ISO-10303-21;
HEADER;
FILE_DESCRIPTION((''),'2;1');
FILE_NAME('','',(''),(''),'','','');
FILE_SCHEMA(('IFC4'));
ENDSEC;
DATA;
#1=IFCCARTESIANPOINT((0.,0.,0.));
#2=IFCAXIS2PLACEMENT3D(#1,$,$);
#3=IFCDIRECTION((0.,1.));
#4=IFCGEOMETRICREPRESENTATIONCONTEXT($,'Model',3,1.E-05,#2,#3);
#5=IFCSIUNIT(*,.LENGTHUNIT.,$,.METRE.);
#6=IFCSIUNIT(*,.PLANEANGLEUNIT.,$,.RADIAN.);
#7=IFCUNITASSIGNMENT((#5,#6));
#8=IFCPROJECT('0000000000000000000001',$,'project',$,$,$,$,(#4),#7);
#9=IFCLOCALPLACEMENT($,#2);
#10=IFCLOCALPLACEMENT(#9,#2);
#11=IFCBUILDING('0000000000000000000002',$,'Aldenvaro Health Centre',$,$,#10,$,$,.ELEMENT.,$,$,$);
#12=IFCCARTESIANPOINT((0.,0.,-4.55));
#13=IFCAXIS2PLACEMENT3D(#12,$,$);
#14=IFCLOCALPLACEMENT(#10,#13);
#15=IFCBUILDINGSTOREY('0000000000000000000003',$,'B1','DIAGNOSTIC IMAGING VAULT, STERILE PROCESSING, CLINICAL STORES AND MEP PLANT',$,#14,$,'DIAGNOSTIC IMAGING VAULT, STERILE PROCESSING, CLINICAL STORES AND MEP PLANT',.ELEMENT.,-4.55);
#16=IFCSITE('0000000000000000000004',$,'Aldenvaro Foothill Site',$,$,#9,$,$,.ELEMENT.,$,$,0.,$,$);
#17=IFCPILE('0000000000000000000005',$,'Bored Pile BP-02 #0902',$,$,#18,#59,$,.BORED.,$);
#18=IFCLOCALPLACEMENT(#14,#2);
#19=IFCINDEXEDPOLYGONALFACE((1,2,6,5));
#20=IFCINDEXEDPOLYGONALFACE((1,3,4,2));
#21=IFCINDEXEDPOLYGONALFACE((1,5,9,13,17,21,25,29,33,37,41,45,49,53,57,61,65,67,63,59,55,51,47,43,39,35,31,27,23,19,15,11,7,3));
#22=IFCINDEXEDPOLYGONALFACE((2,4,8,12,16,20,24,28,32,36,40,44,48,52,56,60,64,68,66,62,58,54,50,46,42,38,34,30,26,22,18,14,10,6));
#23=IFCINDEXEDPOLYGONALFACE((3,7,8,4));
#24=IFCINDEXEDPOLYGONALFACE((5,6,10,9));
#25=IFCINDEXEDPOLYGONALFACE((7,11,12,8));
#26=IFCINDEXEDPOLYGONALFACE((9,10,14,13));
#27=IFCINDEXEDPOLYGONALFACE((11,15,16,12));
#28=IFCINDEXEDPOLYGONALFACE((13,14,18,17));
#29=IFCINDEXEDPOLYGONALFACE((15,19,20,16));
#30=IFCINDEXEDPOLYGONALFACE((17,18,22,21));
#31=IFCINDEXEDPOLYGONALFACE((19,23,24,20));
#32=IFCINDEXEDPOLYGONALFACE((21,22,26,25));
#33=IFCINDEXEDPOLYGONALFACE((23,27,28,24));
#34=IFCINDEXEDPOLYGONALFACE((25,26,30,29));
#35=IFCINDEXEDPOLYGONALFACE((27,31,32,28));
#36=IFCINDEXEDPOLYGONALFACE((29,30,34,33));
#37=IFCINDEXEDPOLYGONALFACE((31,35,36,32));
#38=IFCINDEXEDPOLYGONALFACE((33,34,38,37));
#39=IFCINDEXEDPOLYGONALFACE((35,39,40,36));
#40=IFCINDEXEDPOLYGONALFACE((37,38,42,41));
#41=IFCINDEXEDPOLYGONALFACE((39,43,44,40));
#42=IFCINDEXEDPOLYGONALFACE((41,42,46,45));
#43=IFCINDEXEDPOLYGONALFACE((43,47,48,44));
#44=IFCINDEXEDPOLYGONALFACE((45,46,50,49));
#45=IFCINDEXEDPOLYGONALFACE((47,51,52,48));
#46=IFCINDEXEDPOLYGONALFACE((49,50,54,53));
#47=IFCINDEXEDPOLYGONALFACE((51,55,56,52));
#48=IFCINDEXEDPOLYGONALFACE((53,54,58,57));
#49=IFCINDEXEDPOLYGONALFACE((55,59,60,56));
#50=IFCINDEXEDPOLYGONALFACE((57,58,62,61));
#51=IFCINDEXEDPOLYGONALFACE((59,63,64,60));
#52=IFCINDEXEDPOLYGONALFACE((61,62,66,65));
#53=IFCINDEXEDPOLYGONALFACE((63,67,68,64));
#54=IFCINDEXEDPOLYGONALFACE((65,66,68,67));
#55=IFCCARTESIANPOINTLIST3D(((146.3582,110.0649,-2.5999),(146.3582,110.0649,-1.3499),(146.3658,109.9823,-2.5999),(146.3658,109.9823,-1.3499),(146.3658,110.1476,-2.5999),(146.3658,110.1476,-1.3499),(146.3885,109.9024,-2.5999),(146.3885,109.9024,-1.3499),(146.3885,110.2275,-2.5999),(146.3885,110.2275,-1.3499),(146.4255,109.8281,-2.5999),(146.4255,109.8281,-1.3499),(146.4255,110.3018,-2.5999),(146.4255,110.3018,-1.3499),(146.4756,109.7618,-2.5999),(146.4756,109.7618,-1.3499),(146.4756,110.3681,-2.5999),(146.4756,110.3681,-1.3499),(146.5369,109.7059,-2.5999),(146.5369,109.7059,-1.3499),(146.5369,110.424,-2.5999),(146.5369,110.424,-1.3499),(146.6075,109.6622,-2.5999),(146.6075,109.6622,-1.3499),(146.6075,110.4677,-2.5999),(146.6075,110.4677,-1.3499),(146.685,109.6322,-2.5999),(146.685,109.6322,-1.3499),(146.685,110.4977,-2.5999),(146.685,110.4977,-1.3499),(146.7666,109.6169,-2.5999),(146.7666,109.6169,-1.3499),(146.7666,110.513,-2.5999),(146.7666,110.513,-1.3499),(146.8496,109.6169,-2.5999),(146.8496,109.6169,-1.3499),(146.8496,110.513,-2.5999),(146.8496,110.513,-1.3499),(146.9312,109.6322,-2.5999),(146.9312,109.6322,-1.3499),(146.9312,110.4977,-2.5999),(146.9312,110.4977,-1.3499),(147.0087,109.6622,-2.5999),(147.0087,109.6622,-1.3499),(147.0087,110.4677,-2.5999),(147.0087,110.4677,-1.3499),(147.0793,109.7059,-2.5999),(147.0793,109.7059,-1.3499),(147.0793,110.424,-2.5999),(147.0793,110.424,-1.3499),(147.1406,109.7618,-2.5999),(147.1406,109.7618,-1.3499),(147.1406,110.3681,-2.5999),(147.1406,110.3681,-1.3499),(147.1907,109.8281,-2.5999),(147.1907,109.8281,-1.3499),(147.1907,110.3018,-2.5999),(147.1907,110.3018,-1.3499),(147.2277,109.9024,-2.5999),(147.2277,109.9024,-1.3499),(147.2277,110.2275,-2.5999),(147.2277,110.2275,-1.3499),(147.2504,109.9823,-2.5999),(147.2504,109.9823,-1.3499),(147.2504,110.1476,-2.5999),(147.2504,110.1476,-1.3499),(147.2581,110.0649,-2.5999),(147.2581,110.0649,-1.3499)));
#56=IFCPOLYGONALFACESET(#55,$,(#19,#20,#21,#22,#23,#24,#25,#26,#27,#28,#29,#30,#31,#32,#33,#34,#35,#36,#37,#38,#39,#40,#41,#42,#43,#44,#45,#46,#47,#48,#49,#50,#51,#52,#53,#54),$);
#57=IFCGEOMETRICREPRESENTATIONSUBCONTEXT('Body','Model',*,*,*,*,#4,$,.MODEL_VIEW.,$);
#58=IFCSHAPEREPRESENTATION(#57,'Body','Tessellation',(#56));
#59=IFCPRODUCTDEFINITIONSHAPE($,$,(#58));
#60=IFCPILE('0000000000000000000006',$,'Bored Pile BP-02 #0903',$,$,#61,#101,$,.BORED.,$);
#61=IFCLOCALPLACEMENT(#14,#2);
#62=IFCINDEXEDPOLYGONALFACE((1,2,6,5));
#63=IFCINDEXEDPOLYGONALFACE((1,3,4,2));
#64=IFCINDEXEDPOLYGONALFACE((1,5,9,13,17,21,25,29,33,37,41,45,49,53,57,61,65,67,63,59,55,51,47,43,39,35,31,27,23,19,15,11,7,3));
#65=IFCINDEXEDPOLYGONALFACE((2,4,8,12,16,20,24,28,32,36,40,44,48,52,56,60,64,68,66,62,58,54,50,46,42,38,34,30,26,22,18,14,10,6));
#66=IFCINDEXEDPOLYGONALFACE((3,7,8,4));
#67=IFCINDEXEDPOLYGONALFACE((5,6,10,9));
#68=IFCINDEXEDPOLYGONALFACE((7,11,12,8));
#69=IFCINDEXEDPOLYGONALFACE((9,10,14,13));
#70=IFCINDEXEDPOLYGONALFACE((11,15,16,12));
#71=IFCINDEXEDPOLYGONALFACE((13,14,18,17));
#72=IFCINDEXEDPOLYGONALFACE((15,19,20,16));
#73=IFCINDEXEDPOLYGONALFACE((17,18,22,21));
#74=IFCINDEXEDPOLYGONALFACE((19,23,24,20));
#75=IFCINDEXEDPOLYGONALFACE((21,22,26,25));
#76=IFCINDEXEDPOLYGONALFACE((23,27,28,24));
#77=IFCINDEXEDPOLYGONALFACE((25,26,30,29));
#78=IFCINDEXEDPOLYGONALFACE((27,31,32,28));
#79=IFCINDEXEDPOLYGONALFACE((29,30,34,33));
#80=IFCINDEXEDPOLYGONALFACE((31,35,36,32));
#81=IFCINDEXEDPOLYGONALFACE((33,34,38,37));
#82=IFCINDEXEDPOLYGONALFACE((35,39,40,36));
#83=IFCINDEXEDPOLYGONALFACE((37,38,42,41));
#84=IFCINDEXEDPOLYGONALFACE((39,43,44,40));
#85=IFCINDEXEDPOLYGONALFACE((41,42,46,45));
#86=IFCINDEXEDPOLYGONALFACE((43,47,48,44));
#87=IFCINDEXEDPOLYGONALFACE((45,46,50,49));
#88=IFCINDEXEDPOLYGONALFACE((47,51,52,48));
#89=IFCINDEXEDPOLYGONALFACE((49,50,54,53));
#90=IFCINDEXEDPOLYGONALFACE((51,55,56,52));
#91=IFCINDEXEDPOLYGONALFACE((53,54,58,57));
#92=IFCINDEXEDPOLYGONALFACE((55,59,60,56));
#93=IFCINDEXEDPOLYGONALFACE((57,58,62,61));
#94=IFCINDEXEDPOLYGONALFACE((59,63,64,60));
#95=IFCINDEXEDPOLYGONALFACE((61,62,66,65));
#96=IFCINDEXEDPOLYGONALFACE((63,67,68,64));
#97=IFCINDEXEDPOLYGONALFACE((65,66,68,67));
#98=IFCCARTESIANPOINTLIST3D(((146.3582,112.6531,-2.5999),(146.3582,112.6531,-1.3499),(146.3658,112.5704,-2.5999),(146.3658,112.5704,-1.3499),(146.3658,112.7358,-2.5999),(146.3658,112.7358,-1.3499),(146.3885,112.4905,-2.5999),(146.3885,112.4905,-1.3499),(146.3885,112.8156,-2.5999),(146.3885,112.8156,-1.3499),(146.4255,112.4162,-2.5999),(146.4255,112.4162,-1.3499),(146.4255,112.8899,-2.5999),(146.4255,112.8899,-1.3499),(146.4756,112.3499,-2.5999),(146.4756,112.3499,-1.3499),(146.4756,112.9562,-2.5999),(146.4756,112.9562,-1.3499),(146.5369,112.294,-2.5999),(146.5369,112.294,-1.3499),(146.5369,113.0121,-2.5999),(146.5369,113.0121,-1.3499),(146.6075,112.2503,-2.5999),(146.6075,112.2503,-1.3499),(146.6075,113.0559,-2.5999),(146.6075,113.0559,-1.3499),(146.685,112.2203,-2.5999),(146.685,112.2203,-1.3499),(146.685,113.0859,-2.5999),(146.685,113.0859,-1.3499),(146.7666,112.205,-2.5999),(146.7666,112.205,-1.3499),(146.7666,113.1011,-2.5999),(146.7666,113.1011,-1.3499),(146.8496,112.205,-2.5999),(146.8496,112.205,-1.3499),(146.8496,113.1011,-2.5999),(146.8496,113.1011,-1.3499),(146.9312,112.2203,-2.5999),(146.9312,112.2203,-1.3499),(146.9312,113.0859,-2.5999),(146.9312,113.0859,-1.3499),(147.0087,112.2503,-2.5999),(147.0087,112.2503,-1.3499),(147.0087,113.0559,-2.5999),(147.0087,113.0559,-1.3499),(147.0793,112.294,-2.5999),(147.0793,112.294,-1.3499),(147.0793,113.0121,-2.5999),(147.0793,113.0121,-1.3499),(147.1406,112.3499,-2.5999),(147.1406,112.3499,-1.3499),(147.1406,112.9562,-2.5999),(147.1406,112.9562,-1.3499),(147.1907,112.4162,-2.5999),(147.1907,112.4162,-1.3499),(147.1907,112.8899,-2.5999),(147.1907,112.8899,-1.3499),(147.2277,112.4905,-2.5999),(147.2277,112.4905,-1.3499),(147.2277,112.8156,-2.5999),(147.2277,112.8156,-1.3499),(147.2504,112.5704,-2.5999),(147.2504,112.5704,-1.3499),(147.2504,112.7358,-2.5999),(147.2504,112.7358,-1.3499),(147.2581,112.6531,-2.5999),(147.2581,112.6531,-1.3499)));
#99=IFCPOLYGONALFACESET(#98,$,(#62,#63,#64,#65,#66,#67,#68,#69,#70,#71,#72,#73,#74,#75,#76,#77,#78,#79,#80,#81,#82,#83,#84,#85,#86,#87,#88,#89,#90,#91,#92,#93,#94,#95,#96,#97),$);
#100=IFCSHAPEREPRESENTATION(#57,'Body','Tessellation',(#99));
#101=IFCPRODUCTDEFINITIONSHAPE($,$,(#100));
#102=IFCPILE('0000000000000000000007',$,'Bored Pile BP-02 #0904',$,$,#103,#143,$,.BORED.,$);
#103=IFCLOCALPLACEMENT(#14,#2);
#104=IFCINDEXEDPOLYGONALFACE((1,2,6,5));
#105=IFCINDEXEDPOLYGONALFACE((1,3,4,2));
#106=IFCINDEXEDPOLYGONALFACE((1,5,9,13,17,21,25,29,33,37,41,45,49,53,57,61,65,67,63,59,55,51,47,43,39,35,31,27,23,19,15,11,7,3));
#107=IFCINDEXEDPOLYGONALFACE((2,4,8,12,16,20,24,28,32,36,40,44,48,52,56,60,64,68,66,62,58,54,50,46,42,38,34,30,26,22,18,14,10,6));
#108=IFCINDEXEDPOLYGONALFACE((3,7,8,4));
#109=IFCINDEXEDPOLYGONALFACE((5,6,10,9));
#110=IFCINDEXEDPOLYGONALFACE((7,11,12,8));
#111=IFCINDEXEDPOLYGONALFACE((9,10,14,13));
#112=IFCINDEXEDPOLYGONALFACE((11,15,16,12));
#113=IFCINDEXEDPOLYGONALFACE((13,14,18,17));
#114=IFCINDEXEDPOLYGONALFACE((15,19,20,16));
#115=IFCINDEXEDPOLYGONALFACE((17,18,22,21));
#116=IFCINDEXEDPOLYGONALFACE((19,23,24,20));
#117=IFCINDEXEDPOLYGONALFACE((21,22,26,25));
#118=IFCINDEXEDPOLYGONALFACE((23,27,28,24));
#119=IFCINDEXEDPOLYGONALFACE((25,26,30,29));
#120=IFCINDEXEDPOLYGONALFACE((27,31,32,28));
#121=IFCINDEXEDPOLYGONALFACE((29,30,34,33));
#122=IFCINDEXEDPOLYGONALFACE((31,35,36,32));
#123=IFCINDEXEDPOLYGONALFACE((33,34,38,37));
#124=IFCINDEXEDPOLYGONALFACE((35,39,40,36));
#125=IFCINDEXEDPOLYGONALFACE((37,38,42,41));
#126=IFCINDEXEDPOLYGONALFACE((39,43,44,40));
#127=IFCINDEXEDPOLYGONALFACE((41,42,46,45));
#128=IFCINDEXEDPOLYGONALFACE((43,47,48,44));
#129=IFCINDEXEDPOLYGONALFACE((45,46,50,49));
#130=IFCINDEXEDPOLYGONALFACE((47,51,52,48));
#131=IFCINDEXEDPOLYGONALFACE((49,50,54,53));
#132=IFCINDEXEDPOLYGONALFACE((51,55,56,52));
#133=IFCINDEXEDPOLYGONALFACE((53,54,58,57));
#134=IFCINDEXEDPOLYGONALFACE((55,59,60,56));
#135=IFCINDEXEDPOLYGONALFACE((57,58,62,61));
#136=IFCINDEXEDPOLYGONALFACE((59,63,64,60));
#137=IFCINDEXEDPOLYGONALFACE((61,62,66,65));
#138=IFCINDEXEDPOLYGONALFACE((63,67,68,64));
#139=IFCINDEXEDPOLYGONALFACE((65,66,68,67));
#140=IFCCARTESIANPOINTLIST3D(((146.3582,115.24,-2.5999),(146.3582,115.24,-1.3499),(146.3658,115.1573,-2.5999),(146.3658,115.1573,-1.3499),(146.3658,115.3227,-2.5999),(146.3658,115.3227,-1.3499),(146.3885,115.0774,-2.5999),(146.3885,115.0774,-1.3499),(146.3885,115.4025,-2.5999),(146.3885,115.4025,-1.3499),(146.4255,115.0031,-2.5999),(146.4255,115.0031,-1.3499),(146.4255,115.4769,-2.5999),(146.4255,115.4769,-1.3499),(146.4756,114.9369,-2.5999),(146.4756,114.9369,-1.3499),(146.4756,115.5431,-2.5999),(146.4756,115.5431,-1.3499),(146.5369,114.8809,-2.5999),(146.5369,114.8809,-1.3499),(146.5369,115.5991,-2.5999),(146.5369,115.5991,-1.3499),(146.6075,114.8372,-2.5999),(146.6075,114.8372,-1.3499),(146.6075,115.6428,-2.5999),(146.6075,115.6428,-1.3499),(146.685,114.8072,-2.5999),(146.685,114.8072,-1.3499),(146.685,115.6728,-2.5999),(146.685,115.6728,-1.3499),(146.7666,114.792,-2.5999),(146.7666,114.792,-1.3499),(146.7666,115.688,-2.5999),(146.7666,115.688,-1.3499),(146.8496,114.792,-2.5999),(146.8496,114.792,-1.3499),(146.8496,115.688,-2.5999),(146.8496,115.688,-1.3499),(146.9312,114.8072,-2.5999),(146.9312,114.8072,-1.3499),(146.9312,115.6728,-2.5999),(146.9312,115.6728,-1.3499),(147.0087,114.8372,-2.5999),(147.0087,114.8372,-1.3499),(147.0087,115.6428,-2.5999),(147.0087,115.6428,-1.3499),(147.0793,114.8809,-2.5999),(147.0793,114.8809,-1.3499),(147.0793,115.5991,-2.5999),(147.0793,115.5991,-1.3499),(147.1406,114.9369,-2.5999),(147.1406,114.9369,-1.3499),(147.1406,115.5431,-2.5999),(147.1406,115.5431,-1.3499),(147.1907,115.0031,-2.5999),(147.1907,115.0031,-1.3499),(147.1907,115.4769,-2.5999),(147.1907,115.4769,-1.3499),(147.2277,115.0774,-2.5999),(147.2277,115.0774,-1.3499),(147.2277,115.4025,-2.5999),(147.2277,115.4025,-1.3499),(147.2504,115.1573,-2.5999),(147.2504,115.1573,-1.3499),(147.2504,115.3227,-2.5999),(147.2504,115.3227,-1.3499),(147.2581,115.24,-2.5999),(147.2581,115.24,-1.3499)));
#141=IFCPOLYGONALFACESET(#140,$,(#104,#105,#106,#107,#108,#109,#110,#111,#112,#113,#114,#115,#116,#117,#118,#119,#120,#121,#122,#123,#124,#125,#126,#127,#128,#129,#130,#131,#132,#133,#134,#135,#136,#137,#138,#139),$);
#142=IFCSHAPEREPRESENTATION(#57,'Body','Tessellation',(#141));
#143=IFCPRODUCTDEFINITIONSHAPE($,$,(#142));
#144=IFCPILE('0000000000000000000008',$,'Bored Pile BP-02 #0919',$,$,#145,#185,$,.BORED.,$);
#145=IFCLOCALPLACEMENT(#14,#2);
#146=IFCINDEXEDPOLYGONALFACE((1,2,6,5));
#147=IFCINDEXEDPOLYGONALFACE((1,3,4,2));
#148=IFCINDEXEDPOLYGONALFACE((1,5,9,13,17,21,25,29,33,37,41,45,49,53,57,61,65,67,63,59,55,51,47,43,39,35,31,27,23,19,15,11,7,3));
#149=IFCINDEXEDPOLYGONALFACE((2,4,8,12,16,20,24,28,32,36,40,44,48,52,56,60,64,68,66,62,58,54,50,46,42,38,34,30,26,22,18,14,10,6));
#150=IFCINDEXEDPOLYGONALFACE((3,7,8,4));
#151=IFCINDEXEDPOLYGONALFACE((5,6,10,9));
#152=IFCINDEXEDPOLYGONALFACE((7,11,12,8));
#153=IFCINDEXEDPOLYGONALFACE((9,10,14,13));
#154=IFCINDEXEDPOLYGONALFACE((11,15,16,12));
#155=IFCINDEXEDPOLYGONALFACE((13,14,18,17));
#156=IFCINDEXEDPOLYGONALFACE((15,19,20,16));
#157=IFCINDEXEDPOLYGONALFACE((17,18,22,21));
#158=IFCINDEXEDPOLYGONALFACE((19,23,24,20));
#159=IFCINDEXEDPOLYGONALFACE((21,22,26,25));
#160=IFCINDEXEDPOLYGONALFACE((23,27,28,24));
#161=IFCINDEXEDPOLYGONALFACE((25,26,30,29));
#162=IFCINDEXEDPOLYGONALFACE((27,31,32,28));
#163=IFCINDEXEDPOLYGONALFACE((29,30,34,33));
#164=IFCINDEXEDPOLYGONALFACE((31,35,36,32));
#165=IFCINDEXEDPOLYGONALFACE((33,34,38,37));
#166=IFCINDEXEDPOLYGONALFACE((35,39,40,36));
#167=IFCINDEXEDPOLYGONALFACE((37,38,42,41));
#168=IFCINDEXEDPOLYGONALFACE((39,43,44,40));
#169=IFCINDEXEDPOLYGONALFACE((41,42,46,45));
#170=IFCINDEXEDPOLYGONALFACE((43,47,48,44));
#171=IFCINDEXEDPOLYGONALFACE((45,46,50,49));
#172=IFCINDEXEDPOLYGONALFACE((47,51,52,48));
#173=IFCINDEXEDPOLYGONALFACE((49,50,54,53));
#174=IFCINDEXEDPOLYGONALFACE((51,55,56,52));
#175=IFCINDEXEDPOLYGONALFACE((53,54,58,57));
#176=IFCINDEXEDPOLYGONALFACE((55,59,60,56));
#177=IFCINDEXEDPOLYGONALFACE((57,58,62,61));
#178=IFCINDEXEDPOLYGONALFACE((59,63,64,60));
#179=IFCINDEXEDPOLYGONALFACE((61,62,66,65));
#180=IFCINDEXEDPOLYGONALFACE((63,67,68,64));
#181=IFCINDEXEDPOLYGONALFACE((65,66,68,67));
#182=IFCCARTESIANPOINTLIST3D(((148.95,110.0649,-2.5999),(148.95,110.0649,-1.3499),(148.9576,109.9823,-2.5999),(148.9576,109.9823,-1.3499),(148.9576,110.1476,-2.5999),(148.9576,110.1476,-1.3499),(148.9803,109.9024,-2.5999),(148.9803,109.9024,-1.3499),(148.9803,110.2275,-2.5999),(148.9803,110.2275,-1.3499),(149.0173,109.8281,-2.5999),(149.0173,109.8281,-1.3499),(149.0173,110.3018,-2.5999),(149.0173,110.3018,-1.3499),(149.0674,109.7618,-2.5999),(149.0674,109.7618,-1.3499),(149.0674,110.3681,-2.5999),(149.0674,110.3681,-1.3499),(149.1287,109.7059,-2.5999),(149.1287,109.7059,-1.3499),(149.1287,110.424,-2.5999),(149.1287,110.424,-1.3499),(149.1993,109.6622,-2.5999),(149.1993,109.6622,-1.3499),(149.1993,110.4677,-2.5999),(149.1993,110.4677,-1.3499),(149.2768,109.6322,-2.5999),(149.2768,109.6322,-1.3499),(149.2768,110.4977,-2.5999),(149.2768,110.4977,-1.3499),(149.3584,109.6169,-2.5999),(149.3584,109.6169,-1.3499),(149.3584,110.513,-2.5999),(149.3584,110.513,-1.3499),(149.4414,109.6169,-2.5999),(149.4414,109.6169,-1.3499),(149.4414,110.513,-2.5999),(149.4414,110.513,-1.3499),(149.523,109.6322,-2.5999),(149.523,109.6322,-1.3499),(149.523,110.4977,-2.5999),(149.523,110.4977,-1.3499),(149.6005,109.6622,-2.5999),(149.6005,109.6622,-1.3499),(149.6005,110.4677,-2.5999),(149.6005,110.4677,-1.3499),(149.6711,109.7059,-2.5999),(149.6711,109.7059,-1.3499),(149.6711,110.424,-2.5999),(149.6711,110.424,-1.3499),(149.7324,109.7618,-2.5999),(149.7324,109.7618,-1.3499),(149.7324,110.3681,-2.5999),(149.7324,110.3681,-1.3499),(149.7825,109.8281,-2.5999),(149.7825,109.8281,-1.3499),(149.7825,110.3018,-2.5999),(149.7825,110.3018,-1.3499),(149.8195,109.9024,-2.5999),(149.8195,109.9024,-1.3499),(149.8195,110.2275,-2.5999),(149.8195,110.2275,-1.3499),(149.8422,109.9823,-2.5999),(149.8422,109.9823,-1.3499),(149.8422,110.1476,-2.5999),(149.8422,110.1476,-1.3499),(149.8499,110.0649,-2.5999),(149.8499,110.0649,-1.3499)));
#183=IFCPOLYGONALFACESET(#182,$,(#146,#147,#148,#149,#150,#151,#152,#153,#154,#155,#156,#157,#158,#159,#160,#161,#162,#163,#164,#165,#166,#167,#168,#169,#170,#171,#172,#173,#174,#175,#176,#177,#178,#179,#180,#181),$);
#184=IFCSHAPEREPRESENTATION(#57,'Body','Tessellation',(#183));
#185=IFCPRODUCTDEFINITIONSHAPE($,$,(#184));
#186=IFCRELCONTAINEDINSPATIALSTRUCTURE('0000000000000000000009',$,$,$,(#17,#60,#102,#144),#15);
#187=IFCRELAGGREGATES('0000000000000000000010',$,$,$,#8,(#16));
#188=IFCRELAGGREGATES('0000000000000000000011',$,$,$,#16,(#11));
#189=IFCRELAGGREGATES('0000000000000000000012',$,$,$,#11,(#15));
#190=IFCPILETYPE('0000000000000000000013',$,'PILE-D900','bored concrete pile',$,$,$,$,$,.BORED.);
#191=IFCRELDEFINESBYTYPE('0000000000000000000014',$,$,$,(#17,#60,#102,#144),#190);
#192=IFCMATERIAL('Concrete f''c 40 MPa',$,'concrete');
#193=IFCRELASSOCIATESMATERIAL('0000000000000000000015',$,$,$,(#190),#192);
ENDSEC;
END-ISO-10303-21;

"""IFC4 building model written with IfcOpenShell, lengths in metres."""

from ifc_helpers import new_model, si_unit, direction, frame, origin, origin_2d, place, context, subcontext, project, spatial, circle, extrude, material, material_profile, profile_set, type_object, element, save


model = new_model("IFC4")

# Units and contexts
model_context = context("Model", 3, precision=1e-05, world=origin(), true_north=direction((0.0, 1.0)))
body_context = subcontext(model_context, "Body", "Model", "MODEL_VIEW")
ifc_project = project(units=[si_unit("LENGTHUNIT", "METRE"), si_unit("PLANEANGLEUNIT", "RADIAN")], contexts=[model_context])

# Site, building, storey
site_placement = place(None, origin())
site = spatial("IfcSite", under=ifc_project, at=site_placement, Name="Aldenvaro Foothill Site", CompositionType="ELEMENT", RefElevation=0.0)
building_placement = place(site_placement, origin())
building = spatial("IfcBuilding", under=site, at=building_placement, Name="Aldenvaro Health Centre", CompositionType="ELEMENT")
storey_placement = place(building_placement, frame((0.0, 0.0, -4.55)))
storey = spatial("IfcBuildingStorey", under=building, at=storey_placement, Name="B1", Description="DIAGNOSTIC IMAGING VAULT, STERILE PROCESSING, CLINICAL STORES AND MEP PLANT", LongName="DIAGNOSTIC IMAGING VAULT, STERILE PROCESSING, CLINICAL STORES AND MEP PLANT", CompositionType="ELEMENT", Elevation=-4.55)

# Piles
ifc_material_1 = material(Name="Concrete f'c 40 MPa", Category="concrete")
ifc_material_profile_1 = material_profile(ifc_material_1, circle(Radius=0.45, at=origin_2d()), Name="PILE D900", Category="concrete")
ifc_profile_set_1 = profile_set([ifc_material_profile_1], Name="Concrete f'c 40 MPa")
pile_type = type_object("IfcPileType", Name="PILE-D900", Description="bored concrete pile", PredefinedType="BORED", material=ifc_profile_set_1)
for number, where, z_axis, x_axis, name in (
    (1, (146.8081, 110.0649, -1.3499), (0.0, 0.0, -1.0), (1.0, 0.0, 0.0), "Bored Pile BP-02 #0902"),
    (2, (146.8081, 112.6531, -1.3499), (0.0, 0.0, -1.0), (1.0, 0.0, 0.0), "Bored Pile BP-02 #0903"),
    (3, (146.8081, 115.24, -1.3499), (0.0, 0.0, -1.0), (1.0, 0.0, 0.0), "Bored Pile BP-02 #0904"),
    (4, (149.3999, 110.0649, -1.3499), (0.0, 0.0, -1.0), (1.0, 0.0, 0.0), "Bored Pile BP-02 #0919"),
):
    element("IfcPile", number, at=place(storey_placement, frame(where, z_axis=z_axis, x_axis=x_axis)), inside=storey, type_object=pile_type, Name=name, PredefinedType="BORED", context=body_context, shape_type="SweptSolid", body=[
        extrude(circle(Radius=0.45, at=origin_2d()), origin(), (0.0, 0.0, 1.0), 1.25),
    ])

save(model, "model.ifc")
